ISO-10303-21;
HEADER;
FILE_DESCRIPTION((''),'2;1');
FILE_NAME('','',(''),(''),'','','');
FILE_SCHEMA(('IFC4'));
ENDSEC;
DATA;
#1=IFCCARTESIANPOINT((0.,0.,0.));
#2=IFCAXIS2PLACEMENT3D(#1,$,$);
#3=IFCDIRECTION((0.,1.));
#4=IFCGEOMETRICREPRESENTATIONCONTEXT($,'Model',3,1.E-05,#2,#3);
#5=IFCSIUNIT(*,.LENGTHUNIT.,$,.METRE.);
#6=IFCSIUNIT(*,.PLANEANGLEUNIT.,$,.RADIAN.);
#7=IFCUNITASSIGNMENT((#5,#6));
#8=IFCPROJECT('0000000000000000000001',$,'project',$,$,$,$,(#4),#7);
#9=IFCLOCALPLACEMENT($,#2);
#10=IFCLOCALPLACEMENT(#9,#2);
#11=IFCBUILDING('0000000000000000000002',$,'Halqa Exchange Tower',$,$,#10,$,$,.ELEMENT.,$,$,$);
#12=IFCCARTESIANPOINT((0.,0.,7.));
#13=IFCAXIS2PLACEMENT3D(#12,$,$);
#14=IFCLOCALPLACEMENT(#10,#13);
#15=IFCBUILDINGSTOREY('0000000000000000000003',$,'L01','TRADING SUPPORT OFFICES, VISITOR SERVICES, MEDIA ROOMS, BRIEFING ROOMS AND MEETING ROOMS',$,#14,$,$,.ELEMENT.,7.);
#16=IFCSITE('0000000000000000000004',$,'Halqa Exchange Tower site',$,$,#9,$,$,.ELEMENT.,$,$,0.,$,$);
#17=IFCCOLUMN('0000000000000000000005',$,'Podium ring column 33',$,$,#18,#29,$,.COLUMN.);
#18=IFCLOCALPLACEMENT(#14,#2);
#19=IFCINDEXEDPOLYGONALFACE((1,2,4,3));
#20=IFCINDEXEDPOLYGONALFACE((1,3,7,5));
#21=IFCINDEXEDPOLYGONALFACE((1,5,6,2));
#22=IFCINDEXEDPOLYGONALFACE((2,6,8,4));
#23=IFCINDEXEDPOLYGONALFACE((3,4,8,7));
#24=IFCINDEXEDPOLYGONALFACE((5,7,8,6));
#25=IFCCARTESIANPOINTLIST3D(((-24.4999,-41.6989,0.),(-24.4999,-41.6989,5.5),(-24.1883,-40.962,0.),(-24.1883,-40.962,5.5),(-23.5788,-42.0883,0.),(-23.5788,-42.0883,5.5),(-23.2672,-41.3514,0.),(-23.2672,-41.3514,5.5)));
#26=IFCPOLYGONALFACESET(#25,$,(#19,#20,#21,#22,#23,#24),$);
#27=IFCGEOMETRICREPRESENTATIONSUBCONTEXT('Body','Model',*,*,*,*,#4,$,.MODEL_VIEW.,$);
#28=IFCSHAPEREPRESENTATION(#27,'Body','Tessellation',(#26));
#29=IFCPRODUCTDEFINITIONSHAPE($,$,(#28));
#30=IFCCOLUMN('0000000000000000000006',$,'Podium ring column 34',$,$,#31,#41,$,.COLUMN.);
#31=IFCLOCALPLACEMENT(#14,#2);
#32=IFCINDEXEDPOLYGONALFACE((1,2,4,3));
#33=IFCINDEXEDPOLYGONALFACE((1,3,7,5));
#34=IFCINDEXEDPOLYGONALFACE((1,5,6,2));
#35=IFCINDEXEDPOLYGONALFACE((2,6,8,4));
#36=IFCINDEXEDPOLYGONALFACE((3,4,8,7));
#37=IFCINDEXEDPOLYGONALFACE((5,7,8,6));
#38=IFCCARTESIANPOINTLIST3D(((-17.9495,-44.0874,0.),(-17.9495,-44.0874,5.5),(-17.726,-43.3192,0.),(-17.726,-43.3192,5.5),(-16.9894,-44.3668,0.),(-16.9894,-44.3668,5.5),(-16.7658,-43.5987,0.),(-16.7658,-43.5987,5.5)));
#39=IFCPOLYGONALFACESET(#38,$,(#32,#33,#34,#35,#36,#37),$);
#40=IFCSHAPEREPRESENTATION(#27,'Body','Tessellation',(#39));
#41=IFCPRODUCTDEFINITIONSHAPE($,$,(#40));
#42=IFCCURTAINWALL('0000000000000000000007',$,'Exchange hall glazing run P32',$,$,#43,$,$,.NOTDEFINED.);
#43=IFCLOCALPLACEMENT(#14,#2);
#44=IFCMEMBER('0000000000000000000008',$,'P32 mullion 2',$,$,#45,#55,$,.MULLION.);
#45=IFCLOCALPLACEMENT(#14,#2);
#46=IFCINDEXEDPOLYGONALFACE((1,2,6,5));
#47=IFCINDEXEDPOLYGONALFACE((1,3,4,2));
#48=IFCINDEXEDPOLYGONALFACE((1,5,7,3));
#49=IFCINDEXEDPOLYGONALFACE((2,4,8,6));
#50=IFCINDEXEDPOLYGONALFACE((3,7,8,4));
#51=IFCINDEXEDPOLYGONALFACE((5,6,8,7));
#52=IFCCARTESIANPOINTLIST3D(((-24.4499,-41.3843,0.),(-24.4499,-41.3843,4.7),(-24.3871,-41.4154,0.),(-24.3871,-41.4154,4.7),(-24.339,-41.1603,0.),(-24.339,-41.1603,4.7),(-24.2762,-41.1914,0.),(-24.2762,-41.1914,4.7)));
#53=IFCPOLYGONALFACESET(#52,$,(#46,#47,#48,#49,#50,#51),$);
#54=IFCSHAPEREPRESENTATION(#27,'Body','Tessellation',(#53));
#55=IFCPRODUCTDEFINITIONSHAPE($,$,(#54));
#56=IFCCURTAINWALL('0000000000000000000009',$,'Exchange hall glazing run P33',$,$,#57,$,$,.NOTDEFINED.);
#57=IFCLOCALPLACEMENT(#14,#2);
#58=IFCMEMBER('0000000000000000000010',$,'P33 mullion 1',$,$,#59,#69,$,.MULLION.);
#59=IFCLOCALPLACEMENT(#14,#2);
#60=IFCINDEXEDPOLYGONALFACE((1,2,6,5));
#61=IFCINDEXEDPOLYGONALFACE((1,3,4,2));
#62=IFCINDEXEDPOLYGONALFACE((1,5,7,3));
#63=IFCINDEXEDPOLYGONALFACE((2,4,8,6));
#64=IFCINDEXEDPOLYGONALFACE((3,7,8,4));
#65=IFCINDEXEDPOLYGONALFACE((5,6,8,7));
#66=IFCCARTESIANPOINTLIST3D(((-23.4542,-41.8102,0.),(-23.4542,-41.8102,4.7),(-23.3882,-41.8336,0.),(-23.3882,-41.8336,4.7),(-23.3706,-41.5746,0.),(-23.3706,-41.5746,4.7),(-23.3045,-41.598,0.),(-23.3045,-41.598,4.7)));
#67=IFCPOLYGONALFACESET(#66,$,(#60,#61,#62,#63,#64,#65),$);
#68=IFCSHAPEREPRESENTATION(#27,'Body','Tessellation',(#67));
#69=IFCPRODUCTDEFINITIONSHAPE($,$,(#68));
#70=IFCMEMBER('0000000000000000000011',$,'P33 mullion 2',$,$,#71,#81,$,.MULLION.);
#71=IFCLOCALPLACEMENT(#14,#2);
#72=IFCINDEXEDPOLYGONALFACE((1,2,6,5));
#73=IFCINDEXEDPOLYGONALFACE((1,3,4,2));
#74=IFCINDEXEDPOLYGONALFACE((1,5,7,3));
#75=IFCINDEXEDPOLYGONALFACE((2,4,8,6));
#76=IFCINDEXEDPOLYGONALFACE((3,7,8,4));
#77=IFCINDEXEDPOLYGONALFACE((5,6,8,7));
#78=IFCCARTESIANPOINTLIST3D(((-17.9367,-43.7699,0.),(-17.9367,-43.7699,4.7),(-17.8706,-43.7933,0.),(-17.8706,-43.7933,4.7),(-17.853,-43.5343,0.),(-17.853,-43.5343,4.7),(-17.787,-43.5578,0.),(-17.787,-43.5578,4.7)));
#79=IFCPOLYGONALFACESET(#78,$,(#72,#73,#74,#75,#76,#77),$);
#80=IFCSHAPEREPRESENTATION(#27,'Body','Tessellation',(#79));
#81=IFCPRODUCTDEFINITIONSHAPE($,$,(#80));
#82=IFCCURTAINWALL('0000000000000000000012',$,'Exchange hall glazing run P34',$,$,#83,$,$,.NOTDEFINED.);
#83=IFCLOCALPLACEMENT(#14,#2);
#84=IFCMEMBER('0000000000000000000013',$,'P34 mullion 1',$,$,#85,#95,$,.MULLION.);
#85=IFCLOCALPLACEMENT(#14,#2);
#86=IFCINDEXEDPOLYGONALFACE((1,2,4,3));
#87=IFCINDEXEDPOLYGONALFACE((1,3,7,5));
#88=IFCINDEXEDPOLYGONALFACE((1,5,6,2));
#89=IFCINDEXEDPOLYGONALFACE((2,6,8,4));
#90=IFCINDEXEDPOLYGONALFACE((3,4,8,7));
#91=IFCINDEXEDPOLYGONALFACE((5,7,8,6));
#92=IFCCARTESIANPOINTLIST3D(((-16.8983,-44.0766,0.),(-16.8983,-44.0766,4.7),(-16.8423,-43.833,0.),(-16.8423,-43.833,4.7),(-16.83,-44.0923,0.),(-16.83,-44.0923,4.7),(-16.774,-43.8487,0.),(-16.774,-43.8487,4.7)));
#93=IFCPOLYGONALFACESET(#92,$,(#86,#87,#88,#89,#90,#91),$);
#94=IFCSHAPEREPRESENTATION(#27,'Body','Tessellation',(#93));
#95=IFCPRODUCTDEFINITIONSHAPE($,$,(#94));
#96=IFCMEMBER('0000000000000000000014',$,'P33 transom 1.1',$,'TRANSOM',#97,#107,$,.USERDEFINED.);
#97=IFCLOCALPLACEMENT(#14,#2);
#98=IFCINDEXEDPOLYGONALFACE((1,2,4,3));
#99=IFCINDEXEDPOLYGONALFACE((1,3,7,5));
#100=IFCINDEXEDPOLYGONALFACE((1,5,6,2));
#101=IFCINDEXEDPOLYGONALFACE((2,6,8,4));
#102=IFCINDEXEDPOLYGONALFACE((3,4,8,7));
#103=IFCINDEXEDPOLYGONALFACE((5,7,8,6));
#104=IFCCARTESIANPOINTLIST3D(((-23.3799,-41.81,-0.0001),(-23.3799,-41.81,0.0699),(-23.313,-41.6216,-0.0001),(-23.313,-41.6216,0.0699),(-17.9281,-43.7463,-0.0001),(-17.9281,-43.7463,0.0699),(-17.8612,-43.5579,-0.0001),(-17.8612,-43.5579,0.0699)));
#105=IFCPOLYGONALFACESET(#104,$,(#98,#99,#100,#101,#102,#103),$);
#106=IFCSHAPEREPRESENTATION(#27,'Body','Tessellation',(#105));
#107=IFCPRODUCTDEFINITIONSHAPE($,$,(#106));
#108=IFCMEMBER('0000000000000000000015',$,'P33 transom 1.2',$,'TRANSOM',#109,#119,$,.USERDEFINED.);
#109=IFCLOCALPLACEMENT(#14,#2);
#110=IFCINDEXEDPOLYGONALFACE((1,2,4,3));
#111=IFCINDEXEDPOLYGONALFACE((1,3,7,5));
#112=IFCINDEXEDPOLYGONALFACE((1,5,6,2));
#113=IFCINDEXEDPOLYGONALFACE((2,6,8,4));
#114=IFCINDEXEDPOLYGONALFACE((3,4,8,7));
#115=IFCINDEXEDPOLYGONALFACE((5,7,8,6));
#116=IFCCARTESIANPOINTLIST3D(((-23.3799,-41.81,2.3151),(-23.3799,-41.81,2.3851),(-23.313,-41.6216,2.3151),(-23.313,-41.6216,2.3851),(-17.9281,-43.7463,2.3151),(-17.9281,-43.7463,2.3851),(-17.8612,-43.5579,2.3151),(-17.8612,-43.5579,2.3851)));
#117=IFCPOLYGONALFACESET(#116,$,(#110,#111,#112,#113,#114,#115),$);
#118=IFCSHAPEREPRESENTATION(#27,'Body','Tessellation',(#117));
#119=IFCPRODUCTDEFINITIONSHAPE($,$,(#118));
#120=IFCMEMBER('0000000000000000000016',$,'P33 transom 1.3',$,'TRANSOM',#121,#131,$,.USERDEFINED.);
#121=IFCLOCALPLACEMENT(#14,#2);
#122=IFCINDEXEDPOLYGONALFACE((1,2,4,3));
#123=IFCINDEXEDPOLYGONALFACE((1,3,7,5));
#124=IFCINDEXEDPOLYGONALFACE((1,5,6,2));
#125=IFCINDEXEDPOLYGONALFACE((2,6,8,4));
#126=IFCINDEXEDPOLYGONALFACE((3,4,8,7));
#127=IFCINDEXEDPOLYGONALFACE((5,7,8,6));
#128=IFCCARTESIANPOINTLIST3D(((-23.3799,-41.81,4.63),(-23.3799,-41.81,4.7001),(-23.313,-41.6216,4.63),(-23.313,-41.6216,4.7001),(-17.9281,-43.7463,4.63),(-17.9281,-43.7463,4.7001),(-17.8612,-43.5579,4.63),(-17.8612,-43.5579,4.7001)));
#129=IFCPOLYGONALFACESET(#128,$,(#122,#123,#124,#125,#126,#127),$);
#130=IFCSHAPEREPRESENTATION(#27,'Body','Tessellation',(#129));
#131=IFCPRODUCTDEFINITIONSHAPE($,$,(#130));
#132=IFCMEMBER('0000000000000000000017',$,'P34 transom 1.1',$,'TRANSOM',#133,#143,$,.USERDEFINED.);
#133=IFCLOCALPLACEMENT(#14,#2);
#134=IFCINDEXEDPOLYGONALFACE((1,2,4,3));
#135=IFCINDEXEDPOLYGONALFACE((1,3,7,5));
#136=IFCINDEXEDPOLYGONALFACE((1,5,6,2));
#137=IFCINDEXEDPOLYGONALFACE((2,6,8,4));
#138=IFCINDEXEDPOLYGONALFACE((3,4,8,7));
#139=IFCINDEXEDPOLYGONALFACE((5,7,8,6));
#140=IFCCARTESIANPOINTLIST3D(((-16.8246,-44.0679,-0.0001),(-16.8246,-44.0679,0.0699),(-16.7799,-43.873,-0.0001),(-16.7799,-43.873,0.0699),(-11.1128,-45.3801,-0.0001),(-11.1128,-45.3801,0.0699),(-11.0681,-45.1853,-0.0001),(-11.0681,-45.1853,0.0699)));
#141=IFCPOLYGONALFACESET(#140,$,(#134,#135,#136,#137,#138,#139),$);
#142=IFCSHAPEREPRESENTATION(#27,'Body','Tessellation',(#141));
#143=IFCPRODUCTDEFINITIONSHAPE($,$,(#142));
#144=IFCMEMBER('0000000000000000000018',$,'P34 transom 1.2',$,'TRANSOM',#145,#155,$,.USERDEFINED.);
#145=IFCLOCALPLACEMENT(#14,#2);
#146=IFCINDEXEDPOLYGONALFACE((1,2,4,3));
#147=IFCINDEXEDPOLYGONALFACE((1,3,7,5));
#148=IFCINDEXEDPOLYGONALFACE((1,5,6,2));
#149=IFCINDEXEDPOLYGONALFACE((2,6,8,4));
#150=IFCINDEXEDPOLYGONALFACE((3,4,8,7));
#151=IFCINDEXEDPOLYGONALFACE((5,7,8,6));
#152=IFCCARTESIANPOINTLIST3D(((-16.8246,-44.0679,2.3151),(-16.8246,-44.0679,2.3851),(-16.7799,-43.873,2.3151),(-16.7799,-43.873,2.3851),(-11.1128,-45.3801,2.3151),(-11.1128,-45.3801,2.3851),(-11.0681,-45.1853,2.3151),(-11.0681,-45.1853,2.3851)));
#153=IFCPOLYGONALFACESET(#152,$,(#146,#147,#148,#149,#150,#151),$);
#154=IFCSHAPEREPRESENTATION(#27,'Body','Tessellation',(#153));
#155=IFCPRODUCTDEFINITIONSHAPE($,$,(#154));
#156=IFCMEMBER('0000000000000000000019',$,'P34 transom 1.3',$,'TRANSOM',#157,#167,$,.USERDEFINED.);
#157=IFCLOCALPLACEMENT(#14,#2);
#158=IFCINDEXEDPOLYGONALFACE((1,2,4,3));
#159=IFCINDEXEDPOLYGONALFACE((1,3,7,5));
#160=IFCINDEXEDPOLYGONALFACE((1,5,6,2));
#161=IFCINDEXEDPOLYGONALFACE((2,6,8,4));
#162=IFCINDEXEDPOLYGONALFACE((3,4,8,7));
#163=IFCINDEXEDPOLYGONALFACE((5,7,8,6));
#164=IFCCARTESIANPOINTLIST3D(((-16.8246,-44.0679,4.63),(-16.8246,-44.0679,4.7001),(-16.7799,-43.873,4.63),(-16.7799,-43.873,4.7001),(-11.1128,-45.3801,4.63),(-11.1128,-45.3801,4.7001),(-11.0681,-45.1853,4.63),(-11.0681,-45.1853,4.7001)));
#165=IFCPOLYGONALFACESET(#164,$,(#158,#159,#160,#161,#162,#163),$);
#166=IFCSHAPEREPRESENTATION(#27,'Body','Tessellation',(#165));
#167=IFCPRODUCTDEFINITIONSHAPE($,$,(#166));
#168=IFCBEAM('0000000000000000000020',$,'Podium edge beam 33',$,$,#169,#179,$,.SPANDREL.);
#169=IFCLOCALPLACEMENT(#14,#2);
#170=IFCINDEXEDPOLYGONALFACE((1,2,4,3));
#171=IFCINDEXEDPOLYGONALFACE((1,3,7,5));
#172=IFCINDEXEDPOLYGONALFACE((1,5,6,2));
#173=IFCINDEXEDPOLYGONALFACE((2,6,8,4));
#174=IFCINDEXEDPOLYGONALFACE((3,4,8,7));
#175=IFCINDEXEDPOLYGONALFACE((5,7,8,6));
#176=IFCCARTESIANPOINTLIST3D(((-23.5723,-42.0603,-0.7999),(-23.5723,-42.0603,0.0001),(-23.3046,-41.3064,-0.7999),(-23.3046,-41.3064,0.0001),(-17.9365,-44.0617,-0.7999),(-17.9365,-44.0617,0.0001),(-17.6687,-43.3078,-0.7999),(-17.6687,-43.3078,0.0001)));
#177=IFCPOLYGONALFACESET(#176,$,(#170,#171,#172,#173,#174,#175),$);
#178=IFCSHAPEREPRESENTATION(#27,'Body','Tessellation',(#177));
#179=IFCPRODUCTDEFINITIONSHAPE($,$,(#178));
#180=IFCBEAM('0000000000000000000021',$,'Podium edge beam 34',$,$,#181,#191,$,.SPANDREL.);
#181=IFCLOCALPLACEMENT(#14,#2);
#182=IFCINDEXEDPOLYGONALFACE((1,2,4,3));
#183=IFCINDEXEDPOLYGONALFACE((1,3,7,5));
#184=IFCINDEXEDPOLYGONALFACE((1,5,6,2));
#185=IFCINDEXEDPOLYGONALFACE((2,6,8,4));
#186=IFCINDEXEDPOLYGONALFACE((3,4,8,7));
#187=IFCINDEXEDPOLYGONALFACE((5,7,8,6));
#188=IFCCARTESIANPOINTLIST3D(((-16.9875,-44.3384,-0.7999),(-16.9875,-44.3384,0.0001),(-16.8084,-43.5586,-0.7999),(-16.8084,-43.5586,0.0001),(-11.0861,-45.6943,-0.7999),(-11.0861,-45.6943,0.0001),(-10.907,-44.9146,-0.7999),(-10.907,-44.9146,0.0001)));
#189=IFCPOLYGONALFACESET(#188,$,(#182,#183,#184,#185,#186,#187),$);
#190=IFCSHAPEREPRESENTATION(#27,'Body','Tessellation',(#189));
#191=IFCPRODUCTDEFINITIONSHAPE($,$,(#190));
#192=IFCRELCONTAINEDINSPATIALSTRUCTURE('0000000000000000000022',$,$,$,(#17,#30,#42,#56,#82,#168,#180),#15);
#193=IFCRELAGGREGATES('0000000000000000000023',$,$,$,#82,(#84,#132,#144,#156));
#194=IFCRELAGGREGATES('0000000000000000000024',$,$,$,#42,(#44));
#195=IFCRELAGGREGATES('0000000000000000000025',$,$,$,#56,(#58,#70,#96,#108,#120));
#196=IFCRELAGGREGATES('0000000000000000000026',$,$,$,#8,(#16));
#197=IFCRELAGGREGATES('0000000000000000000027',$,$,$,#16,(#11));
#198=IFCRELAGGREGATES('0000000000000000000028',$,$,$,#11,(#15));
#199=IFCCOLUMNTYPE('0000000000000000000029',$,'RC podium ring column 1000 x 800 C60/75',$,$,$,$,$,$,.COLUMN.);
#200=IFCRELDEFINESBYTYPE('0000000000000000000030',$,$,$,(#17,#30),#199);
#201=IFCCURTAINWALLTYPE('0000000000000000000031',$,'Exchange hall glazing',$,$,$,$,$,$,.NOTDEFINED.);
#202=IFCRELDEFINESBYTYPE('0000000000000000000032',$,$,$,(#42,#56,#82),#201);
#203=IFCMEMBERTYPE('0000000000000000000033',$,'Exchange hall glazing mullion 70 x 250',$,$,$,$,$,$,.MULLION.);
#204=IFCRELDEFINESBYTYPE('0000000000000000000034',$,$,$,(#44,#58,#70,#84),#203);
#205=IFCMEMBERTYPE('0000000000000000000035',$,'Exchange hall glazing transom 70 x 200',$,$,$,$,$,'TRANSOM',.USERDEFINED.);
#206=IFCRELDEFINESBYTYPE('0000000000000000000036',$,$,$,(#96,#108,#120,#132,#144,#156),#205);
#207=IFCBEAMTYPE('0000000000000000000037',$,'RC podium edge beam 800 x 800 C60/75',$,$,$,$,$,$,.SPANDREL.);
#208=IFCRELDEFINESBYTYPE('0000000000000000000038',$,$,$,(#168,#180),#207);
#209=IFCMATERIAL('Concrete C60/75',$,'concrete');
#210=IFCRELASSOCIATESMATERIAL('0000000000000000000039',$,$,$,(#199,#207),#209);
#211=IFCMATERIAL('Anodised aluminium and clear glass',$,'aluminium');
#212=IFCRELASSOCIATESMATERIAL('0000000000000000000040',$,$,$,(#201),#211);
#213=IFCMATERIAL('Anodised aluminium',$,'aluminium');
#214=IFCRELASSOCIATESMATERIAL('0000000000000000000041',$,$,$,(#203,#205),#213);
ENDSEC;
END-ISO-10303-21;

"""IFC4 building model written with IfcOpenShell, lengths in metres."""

from ifc_helpers import new_model, si_unit, direction, frame, origin, origin_2d, place, context, subcontext, project, spatial, rectangle, extrude, material, material_profile, profile_set, type_object, element, aggregate, save


model = new_model("IFC4")

# Units and contexts
model_context = context("Model", 3, precision=1e-05, world=origin(), true_north=direction((0.0, 1.0)))
body_context = subcontext(model_context, "Body", "Model", "MODEL_VIEW")
ifc_project = project(units=[si_unit("LENGTHUNIT", "METRE"), si_unit("PLANEANGLEUNIT", "RADIAN")], contexts=[model_context])

# Site, building, storey
site_placement = place(None, origin())
site = spatial("IfcSite", under=ifc_project, at=site_placement, Name="Halqa Exchange Tower site", CompositionType="ELEMENT", RefElevation=0.0)
building_placement = place(site_placement, origin())
building = spatial("IfcBuilding", under=site, at=building_placement, Name="Halqa Exchange Tower", CompositionType="ELEMENT")
storey_placement = place(building_placement, frame((0.0, 0.0, 7.0)))
storey = spatial("IfcBuildingStorey", under=building, at=storey_placement, Name="L01", Description="TRADING SUPPORT OFFICES, VISITOR SERVICES, MEDIA ROOMS, BRIEFING ROOMS AND MEETING ROOMS", CompositionType="ELEMENT", Elevation=7.0)

# Columns
ifc_material_1 = material(Name="Concrete C60/75", Category="concrete")
ifc_material_profile_1 = material_profile(ifc_material_1, rectangle(XDim=1.0, YDim=0.8, at=origin_2d()), Name="1000 x 800")
ifc_profile_set_1 = profile_set([ifc_material_profile_1], Name="Concrete C60/75")
column_type = type_object("IfcColumnType", Name="RC podium ring column 1000 x 800 C60/75", PredefinedType="COLUMN", material=ifc_profile_set_1)
for number, where, z_axis, x_axis, name in (
    (1, (-23.8835, -41.5251, 0.0), (0.0, 0.0, 1.0), (0.921048, -0.389449, 0.0), "Podium ring column 33"),
    (2, (-17.3577, -43.843, 0.0), (0.0, 0.0, 1.0), (0.960158, -0.279459, 0.0), "Podium ring column 34"),
):
    element("IfcColumn", number, at=place(storey_placement, frame(where, z_axis=z_axis, x_axis=x_axis)), inside=storey, type_object=column_type, Name=name, PredefinedType="COLUMN", context=body_context, shape_type="SweptSolid", body=[
        extrude(rectangle(XDim=1.0, YDim=0.8, at=origin_2d()), origin(), (0.0, 0.0, 1.0), 5.5),
    ])

# Curtain wall, member
ifc_material_2 = material(Name="Anodised aluminium and clear glass", Category="aluminium")
curtain_wall_type = type_object("IfcCurtainWallType", Name="Exchange hall glazing", PredefinedType="NOTDEFINED", material=ifc_material_2)
curtain_wall_1_placement = place(storey_placement, origin())
curtain_wall_1 = element("IfcCurtainWall", 3, at=curtain_wall_1_placement, inside=storey, type_object=curtain_wall_type, Name="Exchange hall glazing run P32", PredefinedType="NOTDEFINED")
ifc_material_3 = material(Name="Anodised aluminium", Category="aluminium")
ifc_material_profile_2 = material_profile(ifc_material_3, rectangle(XDim=0.25, YDim=0.0701, at=origin_2d()), Name="AL 70x250")
ifc_profile_set_2 = profile_set([ifc_material_profile_2], Name="Anodised aluminium")
member_type_1 = type_object("IfcMemberType", Name="Exchange hall glazing mullion 70 x 250", PredefinedType="MULLION", material=ifc_profile_set_2)
member_1_placement = place(storey_placement, frame((-24.363, -41.2878, 0.0), z_axis=(0.0, 0.0, 1.0), x_axis=(0.443653, 0.896198, 0.0)))
member_1 = element("IfcMember", 4, at=member_1_placement, type_object=member_type_1, Name="P32 mullion 2", PredefinedType="MULLION", context=body_context, shape_type="SweptSolid", body=[
    extrude(rectangle(XDim=0.25, YDim=0.0701, at=origin_2d()), origin(), (0.0, 0.0, 1.0), 4.7),
])

# Curtain wall, members
curtain_wall_2_placement = place(storey_placement, origin())
curtain_wall_2 = element("IfcCurtainWall", 5, at=curtain_wall_2_placement, inside=storey, type_object=curtain_wall_type, Name="Exchange hall glazing run P33", PredefinedType="NOTDEFINED")
member_2_placement = place(storey_placement, frame((-23.3794, -41.7041, 0.0), z_axis=(0.0, 0.0, 1.0), x_axis=(0.334688, 0.942329, 0.0)))
member_2 = element("IfcMember", 6, at=member_2_placement, type_object=member_type_1, Name="P33 mullion 1", PredefinedType="MULLION", context=body_context, shape_type="SweptSolid", body=[
    extrude(rectangle(XDim=0.25, YDim=0.0701, at=origin_2d()), origin(), (0.0, 0.0, 1.0), 4.7),
])
member_3_placement = place(storey_placement, frame((-17.8618, -43.6638, 0.0), z_axis=(0.0, 0.0, 1.0), x_axis=(0.334688, 0.942329, 0.0)))
member_3 = element("IfcMember", 7, at=member_3_placement, type_object=member_type_1, Name="P33 mullion 2", PredefinedType="MULLION", context=body_context, shape_type="SweptSolid", body=[
    extrude(rectangle(XDim=0.25, YDim=0.0701, at=origin_2d()), origin(), (0.0, 0.0, 1.0), 4.7),
])

# Curtain wall, member
curtain_wall_3_placement = place(storey_placement, origin())
curtain_wall_3 = element("IfcCurtainWall", 8, at=curtain_wall_3_placement, inside=storey, type_object=curtain_wall_type, Name="Exchange hall glazing run P34", PredefinedType="NOTDEFINED")
member_4_placement = place(storey_placement, frame((-16.8362, -43.9626, 0.0), z_axis=(0.0, 0.0, 1.0), x_axis=(0.223897, 0.974613, 0.0)))
member_4 = element("IfcMember", 9, at=member_4_placement, type_object=member_type_1, Name="P34 mullion 1", PredefinedType="MULLION", context=body_context, shape_type="SweptSolid", body=[
    extrude(rectangle(XDim=0.25, YDim=0.0701, at=origin_2d()), origin(), (0.0, 0.0, 1.0), 4.7),
])

# Members
ifc_material_profile_3 = material_profile(ifc_material_3, rectangle(XDim=0.2, YDim=0.0701, at=origin_2d()), Name="AL 70x200")
ifc_profile_set_3 = profile_set([ifc_material_profile_3], Name="Anodised aluminium")
member_type_2 = type_object("IfcMemberType", Name="Exchange hall glazing transom 70 x 200", ElementType="TRANSOM", PredefinedType="USERDEFINED", material=ifc_profile_set_3)
member_5_placement = place(storey_placement, frame((-23.3464, -41.7158, 0.0349), z_axis=(0.942329, -0.334689, 0.0), x_axis=(0.334689, 0.942329, 0.0)))
member_5 = element("IfcMember", 10, at=member_5_placement, type_object=member_type_2, Name="P33 transom 1.1", ObjectType="TRANSOM", PredefinedType="USERDEFINED", context=body_context, shape_type="SweptSolid", body=[
    extrude(rectangle(XDim=0.2, YDim=0.0701, at=origin_2d()), origin(), (0.0, 0.0, 1.0), 5.7854),
])
member_6_placement = place(storey_placement, frame((-23.3464, -41.7158, 2.3501), z_axis=(0.942329, -0.334689, 0.0), x_axis=(0.334689, 0.942329, 0.0)))
member_6 = element("IfcMember", 11, at=member_6_placement, type_object=member_type_2, Name="P33 transom 1.2", ObjectType="TRANSOM", PredefinedType="USERDEFINED", context=body_context, shape_type="SweptSolid", body=[
    extrude(rectangle(XDim=0.2, YDim=0.0701, at=origin_2d()), origin(), (0.0, 0.0, 1.0), 5.7854),
])
member_7_placement = place(storey_placement, frame((-23.3464, -41.7158, 4.665), z_axis=(0.942329, -0.334689, 0.0), x_axis=(0.334689, 0.942329, 0.0)))
member_7 = element("IfcMember", 12, at=member_7_placement, type_object=member_type_2, Name="P33 transom 1.3", ObjectType="TRANSOM", PredefinedType="USERDEFINED", context=body_context, shape_type="SweptSolid", body=[
    extrude(rectangle(XDim=0.2, YDim=0.0701, at=origin_2d()), origin(), (0.0, 0.0, 1.0), 5.7854),
])
member_8_placement = place(storey_placement, frame((-16.8022, -43.9705, 0.0349), z_axis=(0.97461, -0.223907, 0.0), x_axis=(0.223907, 0.97461, 0.0)))
member_8 = element("IfcMember", 13, at=member_8_placement, type_object=member_type_2, Name="P34 transom 1.1", ObjectType="TRANSOM", PredefinedType="USERDEFINED", context=body_context, shape_type="SweptSolid", body=[
    extrude(rectangle(XDim=0.2, YDim=0.0701, at=origin_2d()), origin(), (0.0, 0.0, 1.0), 5.8606),
])
member_9_placement = place(storey_placement, frame((-16.8022, -43.9705, 2.3501), z_axis=(0.97461, -0.223907, 0.0), x_axis=(0.223907, 0.97461, 0.0)))
member_9 = element("IfcMember", 14, at=member_9_placement, type_object=member_type_2, Name="P34 transom 1.2", ObjectType="TRANSOM", PredefinedType="USERDEFINED", context=body_context, shape_type="SweptSolid", body=[
    extrude(rectangle(XDim=0.2, YDim=0.0701, at=origin_2d()), origin(), (0.0, 0.0, 1.0), 5.8606),
])
member_10_placement = place(storey_placement, frame((-16.8022, -43.9705, 4.665), z_axis=(0.97461, -0.223907, 0.0), x_axis=(0.223907, 0.97461, 0.0)))
member_10 = element("IfcMember", 15, at=member_10_placement, type_object=member_type_2, Name="P34 transom 1.3", ObjectType="TRANSOM", PredefinedType="USERDEFINED", context=body_context, shape_type="SweptSolid", body=[
    extrude(rectangle(XDim=0.2, YDim=0.0701, at=origin_2d()), origin(), (0.0, 0.0, 1.0), 5.8606),
])
aggregate(curtain_wall_3, [member_4, member_8, member_9, member_10])

# Beams
ifc_material_profile_4 = material_profile(ifc_material_1, rectangle(XDim=0.8, YDim=0.8, at=origin_2d()), Name="800 x 800")
ifc_profile_set_4 = profile_set([ifc_material_profile_4], Name="Concrete C60/75")
beam_type = type_object("IfcBeamType", Name="RC podium edge beam 800 x 800 C60/75", PredefinedType="SPANDREL", material=ifc_profile_set_4)
beam_1_placement = place(storey_placement, frame((-23.4385, -41.6833, -0.3999), z_axis=(0.942343, -0.334647, 0.0), x_axis=(0.334647, 0.942343, 0.0)))
element("IfcBeam", 16, at=beam_1_placement, inside=storey, type_object=beam_type, Name="Podium edge beam 33", PredefinedType="SPANDREL", context=body_context, shape_type="SweptSolid", body=[
    extrude(rectangle(XDim=0.8, YDim=0.8, at=origin_2d()), origin(), (0.0, 0.0, 1.0), 5.9807),
])
beam_2_placement = place(storey_placement, frame((-16.8979, -43.9485, -0.3999), z_axis=(0.974604, -0.223935, 0.0), x_axis=(0.223935, 0.974604, 0.0)))
element("IfcBeam", 17, at=beam_2_placement, inside=storey, type_object=beam_type, Name="Podium edge beam 34", PredefinedType="SPANDREL", context=body_context, shape_type="SweptSolid", body=[
    extrude(rectangle(XDim=0.8, YDim=0.8, at=origin_2d()), origin(), (0.0, 0.0, 1.0), 6.0552),
])

aggregate(curtain_wall_1, [member_1])
aggregate(curtain_wall_2, [member_2, member_3, member_5, member_6, member_7])

save(model, "model.ifc")
